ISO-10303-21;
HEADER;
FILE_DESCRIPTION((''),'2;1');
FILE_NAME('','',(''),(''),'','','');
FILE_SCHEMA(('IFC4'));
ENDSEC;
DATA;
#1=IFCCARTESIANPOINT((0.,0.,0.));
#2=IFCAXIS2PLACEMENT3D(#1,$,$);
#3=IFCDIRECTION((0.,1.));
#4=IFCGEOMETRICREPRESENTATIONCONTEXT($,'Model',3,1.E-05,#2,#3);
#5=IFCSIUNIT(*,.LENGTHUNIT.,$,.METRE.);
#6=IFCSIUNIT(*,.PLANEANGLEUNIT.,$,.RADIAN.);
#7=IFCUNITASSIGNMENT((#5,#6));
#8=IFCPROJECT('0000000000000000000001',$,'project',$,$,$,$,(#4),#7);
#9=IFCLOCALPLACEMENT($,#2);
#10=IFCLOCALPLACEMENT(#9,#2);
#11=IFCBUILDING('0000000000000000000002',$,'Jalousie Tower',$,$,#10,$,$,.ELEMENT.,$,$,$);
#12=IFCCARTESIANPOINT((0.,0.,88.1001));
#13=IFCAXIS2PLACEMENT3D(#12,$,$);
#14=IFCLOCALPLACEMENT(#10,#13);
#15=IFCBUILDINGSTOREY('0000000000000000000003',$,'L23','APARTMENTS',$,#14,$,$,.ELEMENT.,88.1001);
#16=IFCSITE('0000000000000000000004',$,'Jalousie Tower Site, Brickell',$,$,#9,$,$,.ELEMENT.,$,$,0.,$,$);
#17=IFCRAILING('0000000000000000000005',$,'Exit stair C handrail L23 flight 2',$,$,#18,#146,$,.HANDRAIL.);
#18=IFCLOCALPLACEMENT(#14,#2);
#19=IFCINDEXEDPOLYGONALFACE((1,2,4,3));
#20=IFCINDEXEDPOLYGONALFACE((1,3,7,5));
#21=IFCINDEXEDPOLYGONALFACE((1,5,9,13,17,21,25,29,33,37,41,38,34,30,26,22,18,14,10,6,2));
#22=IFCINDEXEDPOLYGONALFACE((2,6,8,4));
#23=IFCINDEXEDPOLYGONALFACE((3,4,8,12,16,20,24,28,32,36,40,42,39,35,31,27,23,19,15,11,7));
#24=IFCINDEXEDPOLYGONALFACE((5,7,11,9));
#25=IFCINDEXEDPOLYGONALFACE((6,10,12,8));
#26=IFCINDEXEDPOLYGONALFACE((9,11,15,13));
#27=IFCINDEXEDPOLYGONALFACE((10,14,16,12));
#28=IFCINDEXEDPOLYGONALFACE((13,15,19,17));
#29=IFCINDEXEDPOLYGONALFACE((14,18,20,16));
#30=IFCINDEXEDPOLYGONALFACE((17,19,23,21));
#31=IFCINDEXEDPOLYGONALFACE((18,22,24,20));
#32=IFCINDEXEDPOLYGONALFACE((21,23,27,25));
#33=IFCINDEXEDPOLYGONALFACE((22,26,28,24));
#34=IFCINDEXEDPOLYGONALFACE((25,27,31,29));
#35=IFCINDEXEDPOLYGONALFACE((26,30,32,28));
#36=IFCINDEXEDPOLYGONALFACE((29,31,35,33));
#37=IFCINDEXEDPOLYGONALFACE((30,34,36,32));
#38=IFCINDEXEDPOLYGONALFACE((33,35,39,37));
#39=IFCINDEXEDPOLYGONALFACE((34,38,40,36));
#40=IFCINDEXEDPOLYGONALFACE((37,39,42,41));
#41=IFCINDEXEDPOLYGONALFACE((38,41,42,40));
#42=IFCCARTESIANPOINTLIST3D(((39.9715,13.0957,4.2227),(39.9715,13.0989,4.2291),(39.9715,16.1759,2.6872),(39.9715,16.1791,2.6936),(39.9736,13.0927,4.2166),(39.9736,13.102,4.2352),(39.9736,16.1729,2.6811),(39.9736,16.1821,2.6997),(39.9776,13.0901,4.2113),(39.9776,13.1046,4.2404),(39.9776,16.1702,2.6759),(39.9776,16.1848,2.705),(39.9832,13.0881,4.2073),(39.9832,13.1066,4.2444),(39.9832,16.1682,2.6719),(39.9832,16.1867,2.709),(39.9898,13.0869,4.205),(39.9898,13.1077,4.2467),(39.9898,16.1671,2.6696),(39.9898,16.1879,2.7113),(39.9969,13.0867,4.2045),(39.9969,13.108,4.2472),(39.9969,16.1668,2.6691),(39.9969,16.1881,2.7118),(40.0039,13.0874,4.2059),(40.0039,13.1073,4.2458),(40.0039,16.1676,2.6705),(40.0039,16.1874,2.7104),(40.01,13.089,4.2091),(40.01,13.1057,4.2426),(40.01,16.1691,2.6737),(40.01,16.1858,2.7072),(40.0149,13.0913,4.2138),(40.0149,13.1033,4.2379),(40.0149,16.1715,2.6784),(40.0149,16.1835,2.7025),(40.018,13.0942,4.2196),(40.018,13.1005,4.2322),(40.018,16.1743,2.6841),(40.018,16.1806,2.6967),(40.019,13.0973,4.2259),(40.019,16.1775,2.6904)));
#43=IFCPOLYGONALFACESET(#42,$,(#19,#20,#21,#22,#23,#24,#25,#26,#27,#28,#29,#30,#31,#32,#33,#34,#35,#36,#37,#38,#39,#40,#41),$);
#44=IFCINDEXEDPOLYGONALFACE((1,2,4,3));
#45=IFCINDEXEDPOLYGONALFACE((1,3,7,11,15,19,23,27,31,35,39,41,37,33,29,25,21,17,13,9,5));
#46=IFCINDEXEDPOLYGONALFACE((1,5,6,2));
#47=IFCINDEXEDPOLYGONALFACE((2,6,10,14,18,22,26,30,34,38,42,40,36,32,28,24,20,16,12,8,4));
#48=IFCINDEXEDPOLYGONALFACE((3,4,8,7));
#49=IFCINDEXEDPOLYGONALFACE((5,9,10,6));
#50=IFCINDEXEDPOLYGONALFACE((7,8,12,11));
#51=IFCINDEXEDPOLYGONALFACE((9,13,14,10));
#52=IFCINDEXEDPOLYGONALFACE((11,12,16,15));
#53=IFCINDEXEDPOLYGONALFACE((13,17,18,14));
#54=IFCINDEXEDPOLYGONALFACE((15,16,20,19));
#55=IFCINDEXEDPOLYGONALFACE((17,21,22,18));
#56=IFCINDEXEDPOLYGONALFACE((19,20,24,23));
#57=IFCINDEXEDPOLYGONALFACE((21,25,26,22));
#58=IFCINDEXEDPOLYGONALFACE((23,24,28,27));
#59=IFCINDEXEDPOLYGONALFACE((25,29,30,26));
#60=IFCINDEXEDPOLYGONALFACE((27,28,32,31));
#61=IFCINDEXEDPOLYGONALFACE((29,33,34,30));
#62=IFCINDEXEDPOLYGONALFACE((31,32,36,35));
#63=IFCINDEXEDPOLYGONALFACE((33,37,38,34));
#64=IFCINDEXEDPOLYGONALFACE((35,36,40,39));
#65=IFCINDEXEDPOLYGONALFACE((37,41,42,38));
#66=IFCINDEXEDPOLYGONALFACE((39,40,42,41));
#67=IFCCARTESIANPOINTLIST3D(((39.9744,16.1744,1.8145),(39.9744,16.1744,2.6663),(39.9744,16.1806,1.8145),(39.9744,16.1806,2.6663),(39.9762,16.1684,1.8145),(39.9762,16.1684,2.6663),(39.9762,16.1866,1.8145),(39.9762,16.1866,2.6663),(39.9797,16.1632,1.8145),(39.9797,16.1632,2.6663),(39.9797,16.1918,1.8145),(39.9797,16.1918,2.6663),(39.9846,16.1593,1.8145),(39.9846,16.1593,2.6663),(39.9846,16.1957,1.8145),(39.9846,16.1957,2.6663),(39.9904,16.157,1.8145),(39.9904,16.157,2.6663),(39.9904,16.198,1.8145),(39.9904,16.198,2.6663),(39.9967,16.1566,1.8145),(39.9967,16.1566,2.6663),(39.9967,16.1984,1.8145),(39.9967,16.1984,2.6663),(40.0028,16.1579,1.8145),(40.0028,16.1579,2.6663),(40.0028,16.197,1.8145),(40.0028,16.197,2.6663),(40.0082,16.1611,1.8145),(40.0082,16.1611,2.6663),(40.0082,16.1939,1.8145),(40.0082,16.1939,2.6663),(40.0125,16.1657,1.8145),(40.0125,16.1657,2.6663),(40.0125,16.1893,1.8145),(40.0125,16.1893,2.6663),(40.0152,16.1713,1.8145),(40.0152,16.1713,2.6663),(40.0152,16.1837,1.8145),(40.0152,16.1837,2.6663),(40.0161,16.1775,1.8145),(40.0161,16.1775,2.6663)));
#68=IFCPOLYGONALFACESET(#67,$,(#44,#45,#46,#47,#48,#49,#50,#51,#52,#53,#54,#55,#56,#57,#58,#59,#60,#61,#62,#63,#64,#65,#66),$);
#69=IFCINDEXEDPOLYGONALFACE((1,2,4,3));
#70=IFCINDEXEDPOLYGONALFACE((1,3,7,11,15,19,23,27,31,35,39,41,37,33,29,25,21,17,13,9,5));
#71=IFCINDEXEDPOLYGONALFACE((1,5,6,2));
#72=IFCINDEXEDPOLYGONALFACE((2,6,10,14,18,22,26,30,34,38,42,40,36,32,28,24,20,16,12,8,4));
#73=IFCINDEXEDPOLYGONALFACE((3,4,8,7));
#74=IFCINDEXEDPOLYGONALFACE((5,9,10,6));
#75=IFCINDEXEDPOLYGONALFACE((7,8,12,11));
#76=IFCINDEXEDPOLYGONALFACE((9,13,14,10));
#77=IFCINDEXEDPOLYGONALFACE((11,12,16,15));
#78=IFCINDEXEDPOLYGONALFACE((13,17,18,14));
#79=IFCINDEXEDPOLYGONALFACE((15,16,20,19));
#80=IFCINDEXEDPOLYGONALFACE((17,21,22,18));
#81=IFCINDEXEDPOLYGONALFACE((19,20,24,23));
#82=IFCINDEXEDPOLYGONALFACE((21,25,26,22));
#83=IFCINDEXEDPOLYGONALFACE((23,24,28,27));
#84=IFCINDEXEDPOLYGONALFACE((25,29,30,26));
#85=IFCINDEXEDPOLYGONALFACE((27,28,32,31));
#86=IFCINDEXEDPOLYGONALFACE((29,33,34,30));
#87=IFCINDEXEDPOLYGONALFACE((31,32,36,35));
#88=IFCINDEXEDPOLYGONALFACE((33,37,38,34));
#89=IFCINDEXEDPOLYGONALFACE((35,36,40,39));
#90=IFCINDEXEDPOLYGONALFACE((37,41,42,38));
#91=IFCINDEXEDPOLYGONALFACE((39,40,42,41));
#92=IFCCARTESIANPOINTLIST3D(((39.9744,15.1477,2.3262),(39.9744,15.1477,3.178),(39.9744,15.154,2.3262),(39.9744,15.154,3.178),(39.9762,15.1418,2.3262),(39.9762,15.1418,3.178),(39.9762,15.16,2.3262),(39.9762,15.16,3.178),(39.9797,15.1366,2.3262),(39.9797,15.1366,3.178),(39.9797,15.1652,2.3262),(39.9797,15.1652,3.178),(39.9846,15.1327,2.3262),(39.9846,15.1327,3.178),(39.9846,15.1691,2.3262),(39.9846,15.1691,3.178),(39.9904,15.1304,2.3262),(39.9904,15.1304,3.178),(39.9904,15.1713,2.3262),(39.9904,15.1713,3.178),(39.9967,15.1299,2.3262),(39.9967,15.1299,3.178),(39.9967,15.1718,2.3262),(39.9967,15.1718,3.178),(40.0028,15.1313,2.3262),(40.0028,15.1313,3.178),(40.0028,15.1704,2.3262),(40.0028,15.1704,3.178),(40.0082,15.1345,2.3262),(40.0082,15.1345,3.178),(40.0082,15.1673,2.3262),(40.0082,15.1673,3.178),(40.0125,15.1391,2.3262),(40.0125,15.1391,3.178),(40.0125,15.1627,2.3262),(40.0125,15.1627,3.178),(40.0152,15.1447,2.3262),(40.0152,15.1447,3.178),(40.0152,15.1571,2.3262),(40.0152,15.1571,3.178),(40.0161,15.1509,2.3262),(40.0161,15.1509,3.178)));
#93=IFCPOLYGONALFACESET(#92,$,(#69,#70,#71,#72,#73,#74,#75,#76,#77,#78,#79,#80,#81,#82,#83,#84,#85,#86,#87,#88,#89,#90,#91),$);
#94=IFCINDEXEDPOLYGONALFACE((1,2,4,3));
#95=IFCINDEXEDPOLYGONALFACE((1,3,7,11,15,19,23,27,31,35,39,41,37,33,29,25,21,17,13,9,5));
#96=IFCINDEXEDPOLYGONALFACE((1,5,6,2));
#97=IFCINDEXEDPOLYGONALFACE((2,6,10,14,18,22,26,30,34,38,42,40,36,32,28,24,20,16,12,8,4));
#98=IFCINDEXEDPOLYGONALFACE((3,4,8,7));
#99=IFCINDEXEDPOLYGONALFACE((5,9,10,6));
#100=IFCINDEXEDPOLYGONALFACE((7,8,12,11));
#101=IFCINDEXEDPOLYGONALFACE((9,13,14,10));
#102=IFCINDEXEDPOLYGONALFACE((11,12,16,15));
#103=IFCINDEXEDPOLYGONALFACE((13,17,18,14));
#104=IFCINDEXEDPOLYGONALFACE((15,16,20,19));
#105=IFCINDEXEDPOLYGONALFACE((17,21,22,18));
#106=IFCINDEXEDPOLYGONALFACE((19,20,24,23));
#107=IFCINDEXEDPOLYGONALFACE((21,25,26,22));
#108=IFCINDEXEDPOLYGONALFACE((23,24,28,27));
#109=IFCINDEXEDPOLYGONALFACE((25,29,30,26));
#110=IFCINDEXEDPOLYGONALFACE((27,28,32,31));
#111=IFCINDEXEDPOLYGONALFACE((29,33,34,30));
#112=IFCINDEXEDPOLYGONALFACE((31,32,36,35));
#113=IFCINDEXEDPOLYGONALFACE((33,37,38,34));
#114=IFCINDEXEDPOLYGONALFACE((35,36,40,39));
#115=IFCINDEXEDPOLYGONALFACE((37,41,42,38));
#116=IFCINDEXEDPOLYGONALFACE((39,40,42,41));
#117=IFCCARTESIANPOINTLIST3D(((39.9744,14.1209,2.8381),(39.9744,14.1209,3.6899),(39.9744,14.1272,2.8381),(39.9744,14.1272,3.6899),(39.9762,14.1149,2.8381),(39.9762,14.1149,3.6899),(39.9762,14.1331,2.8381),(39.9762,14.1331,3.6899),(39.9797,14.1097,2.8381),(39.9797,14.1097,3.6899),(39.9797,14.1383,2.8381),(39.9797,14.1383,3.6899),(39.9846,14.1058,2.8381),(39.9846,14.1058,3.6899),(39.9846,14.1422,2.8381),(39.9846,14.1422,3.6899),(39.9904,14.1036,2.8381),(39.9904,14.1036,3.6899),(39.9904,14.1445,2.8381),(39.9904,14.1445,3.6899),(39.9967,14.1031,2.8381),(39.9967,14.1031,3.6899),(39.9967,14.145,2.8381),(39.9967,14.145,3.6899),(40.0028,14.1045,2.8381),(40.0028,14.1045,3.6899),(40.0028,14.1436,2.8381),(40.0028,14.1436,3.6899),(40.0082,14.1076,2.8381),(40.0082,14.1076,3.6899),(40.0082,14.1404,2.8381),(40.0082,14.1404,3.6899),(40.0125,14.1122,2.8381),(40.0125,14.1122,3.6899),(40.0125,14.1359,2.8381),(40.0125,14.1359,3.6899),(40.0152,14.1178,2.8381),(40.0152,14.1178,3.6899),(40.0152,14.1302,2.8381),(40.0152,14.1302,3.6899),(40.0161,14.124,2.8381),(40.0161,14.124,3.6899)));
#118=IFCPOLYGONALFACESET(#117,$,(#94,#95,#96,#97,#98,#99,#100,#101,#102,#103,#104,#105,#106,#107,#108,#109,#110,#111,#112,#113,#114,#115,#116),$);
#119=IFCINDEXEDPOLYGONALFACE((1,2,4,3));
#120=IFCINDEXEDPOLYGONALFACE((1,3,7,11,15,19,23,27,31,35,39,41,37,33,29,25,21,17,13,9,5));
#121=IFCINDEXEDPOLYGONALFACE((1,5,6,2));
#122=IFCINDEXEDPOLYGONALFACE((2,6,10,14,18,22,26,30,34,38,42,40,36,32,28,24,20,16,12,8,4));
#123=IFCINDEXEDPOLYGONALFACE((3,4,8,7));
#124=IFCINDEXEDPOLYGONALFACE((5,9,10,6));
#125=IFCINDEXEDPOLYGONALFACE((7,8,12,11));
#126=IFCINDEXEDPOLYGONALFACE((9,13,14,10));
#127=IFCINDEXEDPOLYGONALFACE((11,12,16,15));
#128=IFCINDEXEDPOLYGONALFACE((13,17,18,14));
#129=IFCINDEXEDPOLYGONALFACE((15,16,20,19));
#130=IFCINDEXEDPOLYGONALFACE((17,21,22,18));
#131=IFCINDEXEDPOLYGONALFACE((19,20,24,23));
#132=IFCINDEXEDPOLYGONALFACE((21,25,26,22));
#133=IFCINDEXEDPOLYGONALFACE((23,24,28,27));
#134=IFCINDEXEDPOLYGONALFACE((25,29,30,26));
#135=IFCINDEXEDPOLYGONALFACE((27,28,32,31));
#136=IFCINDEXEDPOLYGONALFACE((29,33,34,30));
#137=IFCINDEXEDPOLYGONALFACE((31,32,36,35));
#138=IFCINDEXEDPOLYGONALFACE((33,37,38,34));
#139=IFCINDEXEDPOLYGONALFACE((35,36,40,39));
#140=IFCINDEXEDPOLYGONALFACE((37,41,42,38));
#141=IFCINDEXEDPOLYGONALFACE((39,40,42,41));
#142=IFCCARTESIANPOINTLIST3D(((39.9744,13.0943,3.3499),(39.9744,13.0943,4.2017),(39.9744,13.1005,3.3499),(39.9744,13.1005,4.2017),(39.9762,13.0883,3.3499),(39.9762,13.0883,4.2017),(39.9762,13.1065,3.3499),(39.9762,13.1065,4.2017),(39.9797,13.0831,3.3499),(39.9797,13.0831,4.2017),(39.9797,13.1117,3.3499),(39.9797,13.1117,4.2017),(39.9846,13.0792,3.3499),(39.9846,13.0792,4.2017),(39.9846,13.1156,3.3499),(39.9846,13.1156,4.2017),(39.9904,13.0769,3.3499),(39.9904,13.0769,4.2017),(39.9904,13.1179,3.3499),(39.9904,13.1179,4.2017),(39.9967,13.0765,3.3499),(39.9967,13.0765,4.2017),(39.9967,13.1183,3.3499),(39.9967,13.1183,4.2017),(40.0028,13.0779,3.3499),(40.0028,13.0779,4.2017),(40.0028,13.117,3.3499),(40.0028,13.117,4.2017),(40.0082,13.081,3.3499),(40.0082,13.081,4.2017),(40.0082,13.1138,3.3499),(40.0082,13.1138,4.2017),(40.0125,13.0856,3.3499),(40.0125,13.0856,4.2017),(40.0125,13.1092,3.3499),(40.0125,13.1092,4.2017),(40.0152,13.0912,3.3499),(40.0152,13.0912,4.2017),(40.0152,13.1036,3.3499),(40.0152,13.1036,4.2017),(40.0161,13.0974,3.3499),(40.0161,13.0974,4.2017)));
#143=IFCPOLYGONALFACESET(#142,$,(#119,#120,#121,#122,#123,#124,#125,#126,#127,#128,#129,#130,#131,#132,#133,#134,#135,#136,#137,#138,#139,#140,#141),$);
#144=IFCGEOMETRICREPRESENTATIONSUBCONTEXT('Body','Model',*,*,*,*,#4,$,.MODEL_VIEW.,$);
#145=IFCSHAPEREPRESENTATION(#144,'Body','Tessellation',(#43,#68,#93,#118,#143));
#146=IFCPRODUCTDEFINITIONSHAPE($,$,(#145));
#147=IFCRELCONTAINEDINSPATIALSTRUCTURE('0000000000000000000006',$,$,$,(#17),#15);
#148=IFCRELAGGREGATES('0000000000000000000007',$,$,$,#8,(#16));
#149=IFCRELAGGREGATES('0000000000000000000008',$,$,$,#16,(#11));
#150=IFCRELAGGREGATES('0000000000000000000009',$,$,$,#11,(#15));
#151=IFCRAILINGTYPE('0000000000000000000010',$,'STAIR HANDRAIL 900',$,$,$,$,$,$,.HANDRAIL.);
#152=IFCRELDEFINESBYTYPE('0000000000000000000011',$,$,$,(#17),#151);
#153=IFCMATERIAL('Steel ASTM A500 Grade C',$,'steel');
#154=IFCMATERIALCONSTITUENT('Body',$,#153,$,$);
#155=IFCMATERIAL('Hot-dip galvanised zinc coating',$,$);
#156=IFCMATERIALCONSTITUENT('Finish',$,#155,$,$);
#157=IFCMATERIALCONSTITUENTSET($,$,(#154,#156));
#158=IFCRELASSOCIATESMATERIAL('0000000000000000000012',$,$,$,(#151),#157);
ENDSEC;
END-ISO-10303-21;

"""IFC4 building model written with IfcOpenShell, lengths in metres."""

from ifc_helpers import new_model, si_unit, direction, frame, origin, origin_2d, place, context, subcontext, project, spatial, circle, extrude, material, constituent, constituent_set, type_object, element, save


model = new_model("IFC4")

# Units and contexts
model_context = context("Model", 3, precision=1e-05, world=origin(), true_north=direction((0.0, 1.0)))
body_context = subcontext(model_context, "Body", "Model", "MODEL_VIEW")
ifc_project = project(units=[si_unit("LENGTHUNIT", "METRE"), si_unit("PLANEANGLEUNIT", "RADIAN")], contexts=[model_context])

# Site, building, storey
site_placement = place(None, origin())
site = spatial("IfcSite", under=ifc_project, at=site_placement, Name="Jalousie Tower Site, Brickell", CompositionType="ELEMENT", RefElevation=0.0)
building_placement = place(site_placement, origin())
building = spatial("IfcBuilding", under=site, at=building_placement, Name="Jalousie Tower", CompositionType="ELEMENT")
storey_placement = place(building_placement, frame((0.0, 0.0, 88.1001)))
storey = spatial("IfcBuildingStorey", under=building, at=storey_placement, Name="L23", Description="APARTMENTS", CompositionType="ELEMENT", Elevation=88.1001)

# Railing
ifc_material_1 = material(Name="Steel ASTM A500 Grade C", Category="steel")
ifc_constituent_1 = constituent(ifc_material_1, Name="Body")
ifc_material_2 = material(Name="Hot-dip galvanised zinc coating")
ifc_constituent_2 = constituent(ifc_material_2, Name="Finish")
ifc_constituent_set_1 = constituent_set(constituents=[ifc_constituent_1, ifc_constituent_2])
railing_type_1 = type_object("IfcRailingType", Name="STAIR HANDRAIL 900", PredefinedType="HANDRAIL", material=ifc_constituent_set_1)
railing_1_placement = place(storey_placement, frame((39.9951, 16.1775, 1.8145)))
element("IfcRailing", 1, at=railing_1_placement, inside=storey, type_object=railing_type_1, Name="Exit stair C handrail L23 flight 2", PredefinedType="HANDRAIL", context=body_context, shape_type="SweptSolid", body=[
    extrude(circle(Radius=0.0239, at=origin_2d()), frame((0.0, 0.0, 0.876), z_axis=(0.0, -0.894966, 0.446135), x_axis=(1.0, 0.0, 0.0)), (0.0, 0.0, 1.0), 3.4417),
    extrude(circle(Radius=0.021, at=origin_2d()), origin(), (0.0, 0.0, 1.0), 0.8518),
    extrude(circle(Radius=0.021, at=origin_2d()), frame((0.0, -1.0266, 0.5117)), (0.0, 0.0, 1.0), 0.8518),
    extrude(circle(Radius=0.021, at=origin_2d()), frame((0.0, -2.0535, 1.0237)), (0.0, 0.0, 1.0), 0.8518),
    extrude(circle(Radius=0.021, at=origin_2d()), frame((0.0, -3.0801, 1.5354)), (0.0, 0.0, 1.0), 0.8518),
])

save(model, "model.ifc")
